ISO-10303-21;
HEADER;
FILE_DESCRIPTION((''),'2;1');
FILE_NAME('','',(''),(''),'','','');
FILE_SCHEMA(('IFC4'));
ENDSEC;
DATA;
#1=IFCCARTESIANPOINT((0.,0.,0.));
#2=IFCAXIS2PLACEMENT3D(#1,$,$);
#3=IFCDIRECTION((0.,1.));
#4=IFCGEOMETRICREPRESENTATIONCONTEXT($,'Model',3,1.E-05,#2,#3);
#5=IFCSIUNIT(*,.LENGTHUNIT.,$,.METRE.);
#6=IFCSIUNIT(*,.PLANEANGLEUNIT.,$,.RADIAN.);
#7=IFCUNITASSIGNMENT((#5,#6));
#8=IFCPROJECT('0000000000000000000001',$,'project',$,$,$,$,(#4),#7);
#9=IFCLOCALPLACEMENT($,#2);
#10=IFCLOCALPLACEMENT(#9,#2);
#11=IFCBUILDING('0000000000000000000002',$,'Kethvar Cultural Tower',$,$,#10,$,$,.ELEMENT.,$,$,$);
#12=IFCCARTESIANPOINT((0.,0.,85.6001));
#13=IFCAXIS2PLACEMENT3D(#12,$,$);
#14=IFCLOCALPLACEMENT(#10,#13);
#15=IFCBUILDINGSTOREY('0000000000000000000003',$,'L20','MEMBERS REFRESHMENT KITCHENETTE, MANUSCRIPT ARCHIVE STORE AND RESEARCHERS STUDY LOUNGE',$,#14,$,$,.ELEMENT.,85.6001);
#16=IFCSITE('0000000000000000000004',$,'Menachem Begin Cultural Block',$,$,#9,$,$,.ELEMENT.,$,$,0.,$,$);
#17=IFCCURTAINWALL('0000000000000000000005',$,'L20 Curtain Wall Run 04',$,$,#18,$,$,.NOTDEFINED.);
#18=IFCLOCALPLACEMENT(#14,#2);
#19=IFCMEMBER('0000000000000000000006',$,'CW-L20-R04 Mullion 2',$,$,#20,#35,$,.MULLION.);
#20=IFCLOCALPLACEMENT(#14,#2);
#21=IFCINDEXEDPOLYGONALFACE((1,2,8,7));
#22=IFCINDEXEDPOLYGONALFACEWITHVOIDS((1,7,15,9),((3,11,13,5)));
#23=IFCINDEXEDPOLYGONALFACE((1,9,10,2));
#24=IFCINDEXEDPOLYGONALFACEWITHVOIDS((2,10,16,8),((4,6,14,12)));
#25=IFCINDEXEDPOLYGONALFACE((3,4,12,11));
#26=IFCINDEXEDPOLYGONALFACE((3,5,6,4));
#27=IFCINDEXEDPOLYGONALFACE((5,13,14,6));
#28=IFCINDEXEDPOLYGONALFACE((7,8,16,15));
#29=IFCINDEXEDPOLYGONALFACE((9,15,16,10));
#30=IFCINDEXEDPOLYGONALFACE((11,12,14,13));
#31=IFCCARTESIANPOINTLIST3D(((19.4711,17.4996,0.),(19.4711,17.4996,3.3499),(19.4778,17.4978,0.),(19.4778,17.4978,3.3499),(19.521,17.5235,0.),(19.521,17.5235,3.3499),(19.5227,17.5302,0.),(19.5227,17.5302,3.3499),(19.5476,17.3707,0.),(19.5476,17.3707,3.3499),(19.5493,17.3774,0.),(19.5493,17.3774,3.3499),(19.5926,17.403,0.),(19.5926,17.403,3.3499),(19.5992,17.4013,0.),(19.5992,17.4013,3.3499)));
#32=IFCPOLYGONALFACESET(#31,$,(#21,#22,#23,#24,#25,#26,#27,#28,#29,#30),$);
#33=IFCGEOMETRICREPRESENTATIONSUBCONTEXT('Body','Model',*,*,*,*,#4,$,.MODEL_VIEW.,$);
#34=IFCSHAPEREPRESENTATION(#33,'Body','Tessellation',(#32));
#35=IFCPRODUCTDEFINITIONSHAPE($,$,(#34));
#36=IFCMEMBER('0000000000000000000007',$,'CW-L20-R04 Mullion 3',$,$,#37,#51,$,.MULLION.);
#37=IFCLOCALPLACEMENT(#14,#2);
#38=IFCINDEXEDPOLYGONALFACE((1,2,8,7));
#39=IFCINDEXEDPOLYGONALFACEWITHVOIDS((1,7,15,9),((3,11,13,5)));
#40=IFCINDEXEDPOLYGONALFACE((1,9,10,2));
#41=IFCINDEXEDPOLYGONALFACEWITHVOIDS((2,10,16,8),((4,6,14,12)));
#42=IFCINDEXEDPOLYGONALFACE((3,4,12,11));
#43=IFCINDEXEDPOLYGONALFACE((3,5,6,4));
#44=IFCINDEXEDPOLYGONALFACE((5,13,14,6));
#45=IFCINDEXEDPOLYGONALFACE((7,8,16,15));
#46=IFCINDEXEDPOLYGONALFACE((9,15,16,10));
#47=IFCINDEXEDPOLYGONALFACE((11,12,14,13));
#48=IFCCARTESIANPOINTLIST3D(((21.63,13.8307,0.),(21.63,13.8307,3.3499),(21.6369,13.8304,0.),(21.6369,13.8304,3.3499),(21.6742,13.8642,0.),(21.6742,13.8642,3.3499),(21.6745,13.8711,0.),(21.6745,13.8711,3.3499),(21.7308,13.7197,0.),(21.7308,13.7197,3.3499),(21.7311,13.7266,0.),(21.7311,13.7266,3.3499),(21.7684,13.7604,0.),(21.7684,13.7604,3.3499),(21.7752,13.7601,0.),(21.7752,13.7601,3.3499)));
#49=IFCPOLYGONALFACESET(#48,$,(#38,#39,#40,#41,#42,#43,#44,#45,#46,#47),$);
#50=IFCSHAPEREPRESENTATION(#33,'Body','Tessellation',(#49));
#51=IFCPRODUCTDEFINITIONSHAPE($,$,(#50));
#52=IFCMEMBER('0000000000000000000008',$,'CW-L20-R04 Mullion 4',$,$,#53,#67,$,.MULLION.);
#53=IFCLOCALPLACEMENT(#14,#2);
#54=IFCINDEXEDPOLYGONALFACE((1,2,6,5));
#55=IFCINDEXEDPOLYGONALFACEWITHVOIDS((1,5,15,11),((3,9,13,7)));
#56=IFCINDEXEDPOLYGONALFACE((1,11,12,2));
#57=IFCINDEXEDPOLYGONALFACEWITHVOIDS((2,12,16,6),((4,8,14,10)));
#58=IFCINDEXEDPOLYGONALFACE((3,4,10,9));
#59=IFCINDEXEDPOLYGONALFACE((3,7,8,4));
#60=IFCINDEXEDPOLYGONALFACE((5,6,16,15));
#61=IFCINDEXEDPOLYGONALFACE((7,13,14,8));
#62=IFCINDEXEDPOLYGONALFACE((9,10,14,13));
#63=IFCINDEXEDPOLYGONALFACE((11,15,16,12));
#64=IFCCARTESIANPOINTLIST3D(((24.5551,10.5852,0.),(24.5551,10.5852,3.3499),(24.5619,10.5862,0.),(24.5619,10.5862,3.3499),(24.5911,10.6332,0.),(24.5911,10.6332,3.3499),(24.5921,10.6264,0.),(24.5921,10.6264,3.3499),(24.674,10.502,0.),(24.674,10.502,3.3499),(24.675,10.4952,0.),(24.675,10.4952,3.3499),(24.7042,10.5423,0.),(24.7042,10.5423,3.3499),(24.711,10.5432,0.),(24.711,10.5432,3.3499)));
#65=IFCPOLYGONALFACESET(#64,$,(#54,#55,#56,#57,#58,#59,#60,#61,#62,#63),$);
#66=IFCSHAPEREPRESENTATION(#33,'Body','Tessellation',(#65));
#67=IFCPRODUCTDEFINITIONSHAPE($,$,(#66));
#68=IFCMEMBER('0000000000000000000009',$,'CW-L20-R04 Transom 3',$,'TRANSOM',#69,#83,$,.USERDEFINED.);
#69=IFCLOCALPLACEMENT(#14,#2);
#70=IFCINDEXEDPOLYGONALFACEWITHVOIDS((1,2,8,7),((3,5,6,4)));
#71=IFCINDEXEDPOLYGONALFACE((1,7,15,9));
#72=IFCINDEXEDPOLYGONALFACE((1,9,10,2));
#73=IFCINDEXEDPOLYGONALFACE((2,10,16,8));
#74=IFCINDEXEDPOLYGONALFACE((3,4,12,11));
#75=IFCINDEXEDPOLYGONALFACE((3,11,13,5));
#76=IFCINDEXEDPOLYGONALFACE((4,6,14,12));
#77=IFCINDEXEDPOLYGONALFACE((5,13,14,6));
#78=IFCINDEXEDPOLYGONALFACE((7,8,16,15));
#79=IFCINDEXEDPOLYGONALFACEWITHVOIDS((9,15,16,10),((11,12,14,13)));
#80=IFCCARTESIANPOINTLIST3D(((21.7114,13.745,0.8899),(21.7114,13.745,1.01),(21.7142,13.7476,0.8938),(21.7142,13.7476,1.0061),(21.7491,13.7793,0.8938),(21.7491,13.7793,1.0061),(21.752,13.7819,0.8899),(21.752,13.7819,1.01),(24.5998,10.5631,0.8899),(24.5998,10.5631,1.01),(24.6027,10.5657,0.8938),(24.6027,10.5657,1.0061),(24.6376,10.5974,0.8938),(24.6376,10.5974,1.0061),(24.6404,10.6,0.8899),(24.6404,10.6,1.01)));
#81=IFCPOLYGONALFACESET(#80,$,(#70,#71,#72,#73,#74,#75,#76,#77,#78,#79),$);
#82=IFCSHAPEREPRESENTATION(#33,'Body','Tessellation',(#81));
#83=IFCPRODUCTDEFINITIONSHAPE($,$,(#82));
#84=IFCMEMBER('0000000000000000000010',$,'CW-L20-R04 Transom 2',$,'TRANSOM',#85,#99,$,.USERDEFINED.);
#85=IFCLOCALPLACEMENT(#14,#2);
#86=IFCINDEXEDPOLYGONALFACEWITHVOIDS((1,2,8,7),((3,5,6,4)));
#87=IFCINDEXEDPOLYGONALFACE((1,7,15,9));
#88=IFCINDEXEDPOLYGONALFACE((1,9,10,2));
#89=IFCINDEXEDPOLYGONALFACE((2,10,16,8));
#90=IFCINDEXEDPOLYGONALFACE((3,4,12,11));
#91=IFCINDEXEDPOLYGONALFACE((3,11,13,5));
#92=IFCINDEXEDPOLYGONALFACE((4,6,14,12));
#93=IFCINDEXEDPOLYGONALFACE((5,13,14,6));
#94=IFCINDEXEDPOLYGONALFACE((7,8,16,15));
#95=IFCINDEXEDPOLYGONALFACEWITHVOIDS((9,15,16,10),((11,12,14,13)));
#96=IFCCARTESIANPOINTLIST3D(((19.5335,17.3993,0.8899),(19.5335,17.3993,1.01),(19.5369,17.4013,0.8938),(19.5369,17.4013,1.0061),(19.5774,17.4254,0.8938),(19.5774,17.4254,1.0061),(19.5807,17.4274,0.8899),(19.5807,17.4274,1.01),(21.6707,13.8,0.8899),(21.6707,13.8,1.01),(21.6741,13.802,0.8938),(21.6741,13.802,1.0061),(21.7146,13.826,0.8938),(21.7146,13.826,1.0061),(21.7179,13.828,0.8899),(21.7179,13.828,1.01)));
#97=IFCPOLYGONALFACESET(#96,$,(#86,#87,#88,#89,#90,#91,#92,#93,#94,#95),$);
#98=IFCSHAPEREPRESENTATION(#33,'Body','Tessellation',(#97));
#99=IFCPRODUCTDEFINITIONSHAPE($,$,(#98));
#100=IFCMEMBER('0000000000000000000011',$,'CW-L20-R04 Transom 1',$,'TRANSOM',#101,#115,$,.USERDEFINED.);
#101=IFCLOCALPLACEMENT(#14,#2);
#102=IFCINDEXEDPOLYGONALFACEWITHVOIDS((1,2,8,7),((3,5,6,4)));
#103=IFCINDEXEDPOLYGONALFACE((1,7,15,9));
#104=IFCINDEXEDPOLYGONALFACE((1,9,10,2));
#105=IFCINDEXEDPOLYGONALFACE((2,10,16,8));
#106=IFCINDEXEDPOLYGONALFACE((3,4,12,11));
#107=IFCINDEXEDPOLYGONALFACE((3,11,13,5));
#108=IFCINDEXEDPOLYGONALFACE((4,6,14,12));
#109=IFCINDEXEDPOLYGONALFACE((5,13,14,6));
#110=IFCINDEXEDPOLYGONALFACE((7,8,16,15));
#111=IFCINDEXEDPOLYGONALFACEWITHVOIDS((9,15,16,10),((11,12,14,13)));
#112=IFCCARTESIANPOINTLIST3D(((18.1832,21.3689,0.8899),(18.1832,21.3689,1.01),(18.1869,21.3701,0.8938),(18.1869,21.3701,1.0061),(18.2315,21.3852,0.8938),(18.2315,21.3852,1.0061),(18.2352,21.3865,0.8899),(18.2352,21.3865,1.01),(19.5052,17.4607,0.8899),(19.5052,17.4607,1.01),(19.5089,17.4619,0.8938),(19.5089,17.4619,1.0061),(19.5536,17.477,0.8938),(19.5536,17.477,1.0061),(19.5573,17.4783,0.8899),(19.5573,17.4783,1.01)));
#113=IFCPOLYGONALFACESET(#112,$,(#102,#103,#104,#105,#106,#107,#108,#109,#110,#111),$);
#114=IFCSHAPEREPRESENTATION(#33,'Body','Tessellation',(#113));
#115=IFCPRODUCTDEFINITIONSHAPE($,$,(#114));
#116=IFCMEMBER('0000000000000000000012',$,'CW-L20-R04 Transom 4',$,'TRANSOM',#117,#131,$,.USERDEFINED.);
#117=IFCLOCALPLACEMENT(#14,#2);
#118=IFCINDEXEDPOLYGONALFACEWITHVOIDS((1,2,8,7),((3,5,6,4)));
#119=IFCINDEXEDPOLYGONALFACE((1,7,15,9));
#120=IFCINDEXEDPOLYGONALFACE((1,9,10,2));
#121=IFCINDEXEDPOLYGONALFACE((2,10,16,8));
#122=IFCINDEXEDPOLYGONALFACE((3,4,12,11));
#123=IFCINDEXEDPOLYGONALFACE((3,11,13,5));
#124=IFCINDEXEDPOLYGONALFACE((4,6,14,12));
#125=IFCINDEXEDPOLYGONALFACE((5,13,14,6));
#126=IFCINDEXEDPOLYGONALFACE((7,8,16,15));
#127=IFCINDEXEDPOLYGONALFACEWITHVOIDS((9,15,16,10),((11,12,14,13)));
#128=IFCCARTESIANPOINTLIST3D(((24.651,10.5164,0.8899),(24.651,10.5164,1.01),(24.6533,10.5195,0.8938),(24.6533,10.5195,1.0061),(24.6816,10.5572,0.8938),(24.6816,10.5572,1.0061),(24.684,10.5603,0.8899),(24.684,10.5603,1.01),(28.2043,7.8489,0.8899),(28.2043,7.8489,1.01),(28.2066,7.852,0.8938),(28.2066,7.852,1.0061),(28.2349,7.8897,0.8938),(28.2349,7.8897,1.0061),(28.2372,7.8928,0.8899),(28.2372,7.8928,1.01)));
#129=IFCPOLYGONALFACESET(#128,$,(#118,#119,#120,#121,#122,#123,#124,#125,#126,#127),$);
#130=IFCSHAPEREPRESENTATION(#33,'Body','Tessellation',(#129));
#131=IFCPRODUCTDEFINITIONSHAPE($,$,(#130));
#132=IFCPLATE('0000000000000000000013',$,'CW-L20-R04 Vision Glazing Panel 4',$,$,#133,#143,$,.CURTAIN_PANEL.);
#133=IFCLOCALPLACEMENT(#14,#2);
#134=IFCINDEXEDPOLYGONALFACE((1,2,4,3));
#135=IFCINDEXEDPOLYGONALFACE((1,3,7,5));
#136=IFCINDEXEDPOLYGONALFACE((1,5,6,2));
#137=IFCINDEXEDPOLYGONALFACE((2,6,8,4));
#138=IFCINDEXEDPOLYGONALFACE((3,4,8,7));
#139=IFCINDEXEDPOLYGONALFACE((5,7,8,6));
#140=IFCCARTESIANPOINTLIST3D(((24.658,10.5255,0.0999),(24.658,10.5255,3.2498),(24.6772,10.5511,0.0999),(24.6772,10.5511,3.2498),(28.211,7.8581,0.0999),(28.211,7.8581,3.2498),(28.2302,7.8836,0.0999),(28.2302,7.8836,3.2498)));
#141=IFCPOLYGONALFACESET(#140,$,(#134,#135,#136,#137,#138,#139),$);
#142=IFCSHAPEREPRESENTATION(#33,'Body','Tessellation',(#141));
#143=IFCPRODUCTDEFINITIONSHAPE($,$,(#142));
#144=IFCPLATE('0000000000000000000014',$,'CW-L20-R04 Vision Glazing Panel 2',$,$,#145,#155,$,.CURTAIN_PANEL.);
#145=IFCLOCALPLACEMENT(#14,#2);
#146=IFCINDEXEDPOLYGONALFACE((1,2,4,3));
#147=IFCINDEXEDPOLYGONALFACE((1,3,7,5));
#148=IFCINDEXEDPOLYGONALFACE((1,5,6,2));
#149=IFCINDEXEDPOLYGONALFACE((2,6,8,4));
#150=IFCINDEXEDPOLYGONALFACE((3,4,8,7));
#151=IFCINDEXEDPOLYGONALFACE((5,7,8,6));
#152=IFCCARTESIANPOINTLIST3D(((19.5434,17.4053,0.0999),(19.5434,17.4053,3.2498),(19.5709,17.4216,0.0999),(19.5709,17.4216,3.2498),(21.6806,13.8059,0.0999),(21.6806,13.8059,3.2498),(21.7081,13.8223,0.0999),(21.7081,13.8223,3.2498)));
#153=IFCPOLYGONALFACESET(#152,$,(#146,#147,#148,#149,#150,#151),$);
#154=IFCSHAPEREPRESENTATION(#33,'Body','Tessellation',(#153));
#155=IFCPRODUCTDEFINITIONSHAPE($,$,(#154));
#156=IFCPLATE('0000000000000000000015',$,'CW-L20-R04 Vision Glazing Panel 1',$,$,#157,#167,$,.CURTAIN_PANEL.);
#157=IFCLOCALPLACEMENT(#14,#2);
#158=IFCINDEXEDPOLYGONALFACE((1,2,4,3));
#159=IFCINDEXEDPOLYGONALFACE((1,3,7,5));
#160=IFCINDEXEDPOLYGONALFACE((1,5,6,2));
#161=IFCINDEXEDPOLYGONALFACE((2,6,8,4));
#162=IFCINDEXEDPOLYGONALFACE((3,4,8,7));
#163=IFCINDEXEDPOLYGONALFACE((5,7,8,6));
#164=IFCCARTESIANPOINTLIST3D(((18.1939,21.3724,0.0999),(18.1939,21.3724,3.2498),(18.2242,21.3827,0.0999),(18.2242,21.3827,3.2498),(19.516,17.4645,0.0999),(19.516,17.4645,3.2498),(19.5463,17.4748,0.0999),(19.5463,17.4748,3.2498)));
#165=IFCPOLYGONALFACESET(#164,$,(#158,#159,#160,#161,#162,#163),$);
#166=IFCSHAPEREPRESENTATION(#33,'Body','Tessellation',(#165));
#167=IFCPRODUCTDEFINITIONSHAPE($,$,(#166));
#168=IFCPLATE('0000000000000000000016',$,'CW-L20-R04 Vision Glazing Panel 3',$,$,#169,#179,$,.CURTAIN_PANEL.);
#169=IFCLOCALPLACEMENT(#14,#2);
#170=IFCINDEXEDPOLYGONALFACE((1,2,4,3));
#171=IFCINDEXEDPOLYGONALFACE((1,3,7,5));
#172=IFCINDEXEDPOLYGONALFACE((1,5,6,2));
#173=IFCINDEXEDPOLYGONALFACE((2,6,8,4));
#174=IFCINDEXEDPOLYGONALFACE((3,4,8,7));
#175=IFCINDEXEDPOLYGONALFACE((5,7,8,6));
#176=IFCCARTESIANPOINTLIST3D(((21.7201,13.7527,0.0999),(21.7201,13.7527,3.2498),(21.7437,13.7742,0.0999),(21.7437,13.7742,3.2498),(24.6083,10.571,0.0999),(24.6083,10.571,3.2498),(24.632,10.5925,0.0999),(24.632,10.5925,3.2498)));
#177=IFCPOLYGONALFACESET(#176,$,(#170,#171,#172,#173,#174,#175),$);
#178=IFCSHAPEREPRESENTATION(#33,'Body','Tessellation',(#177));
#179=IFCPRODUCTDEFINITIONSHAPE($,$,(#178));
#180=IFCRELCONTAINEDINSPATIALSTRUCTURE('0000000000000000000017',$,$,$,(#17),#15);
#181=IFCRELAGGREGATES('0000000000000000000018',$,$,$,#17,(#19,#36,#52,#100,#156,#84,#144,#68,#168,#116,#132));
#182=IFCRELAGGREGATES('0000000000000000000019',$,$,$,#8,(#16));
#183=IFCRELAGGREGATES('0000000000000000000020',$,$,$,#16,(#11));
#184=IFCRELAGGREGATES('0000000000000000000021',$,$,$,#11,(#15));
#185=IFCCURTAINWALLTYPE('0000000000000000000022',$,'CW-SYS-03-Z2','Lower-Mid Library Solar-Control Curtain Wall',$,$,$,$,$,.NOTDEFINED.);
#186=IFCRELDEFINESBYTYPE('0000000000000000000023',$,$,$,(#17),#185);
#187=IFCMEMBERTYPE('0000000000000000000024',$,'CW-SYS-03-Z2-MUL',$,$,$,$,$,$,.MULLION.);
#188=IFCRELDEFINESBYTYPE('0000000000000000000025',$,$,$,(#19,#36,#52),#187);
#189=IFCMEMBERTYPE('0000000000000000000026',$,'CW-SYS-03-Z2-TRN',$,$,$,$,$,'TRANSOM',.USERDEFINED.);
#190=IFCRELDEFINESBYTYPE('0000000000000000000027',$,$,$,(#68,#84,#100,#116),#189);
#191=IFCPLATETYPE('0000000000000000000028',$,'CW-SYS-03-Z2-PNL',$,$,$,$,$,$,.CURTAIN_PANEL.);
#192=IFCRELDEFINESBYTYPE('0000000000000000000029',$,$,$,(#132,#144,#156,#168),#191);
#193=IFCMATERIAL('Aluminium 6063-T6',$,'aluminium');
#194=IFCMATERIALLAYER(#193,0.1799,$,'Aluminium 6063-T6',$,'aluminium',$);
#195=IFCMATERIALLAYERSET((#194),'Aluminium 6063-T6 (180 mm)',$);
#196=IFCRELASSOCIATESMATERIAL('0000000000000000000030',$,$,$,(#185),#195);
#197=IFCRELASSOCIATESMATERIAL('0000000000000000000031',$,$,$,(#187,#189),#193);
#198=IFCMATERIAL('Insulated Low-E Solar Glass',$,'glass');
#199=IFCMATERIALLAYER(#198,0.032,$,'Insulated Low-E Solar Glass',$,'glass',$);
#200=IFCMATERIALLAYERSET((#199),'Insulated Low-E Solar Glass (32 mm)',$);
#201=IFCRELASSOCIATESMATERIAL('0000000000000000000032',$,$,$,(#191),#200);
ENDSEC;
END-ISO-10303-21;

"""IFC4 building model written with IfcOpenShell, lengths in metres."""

from ifc_helpers import new_model, si_unit, direction, frame, origin, origin_2d, place, context, subcontext, project, spatial, rectangle, hollow_rectangle, extrude, source, transform, mapped, material, layer, layer_set, material_profile, profile_set, type_object, element, aggregate, save


model = new_model("IFC4")

# Units and contexts
model_context = context("Model", 3, precision=1e-05, world=origin(), true_north=direction((0.0, 1.0)))
body_context = subcontext(model_context, "Body", "Model", "MODEL_VIEW")
ifc_project = project(units=[si_unit("LENGTHUNIT", "METRE"), si_unit("PLANEANGLEUNIT", "RADIAN")], contexts=[model_context])

# Site, building, storey
site_placement = place(None, origin())
site = spatial("IfcSite", under=ifc_project, at=site_placement, Name="Menachem Begin Cultural Block", CompositionType="ELEMENT", RefElevation=0.0)
building_placement = place(site_placement, origin())
building = spatial("IfcBuilding", under=site, at=building_placement, Name="Kethvar Cultural Tower", CompositionType="ELEMENT")
storey_placement = place(building_placement, frame((0.0, 0.0, 85.6001)))
storey = spatial("IfcBuildingStorey", under=building, at=storey_placement, Name="L20", Description="MEMBERS REFRESHMENT KITCHENETTE, MANUSCRIPT ARCHIVE STORE AND RESEARCHERS STUDY LOUNGE", CompositionType="ELEMENT", Elevation=85.6001)

# Shared definitions
ifc_material_1 = material(Name="Aluminium 6063-T6", Category="aluminium")
ifc_layer_1 = layer(ifc_material_1, 0.1799, Name="Aluminium 6063-T6", Category="aluminium")
ifc_layer_set_1 = layer_set([ifc_layer_1], Name="Aluminium 6063-T6 (180 mm)")
curtain_wall_type = type_object("IfcCurtainWallType", Name="CW-SYS-03-Z2", Description="Lower-Mid Library Solar-Control Curtain Wall", PredefinedType="NOTDEFINED", material=ifc_layer_set_1)
ifc_material_profile_1 = material_profile(ifc_material_1, hollow_rectangle(XDim=0.0601, YDim=0.1499, WallThickness=0.0049, at=origin_2d()), Name="Aluminium 6063-T6 — RHS150x60x5")
ifc_profile_set_1 = profile_set([ifc_material_profile_1], Name="Aluminium 6063-T6 — RHS150x60x5")
member_type_1 = type_object("IfcMemberType", Name="CW-SYS-03-Z2-MUL", PredefinedType="MULLION", material=ifc_profile_set_1)
shared_shape_1 = source(origin(), body_context, "Body", "SweptSolid", [
    extrude(hollow_rectangle(XDim=0.0601, YDim=0.1499, WallThickness=0.0049, at=origin_2d()), origin(), (0.0, 0.0, 1.0), 3.3499),
])

# Curtain wall, members, plates
curtain_wall_1_placement = place(storey_placement, origin())
curtain_wall_1 = element("IfcCurtainWall", 1, at=curtain_wall_1_placement, inside=storey, type_object=curtain_wall_type, Name="L20 Curtain Wall Run 04", PredefinedType="NOTDEFINED")
member_1_placement = place(storey_placement, frame((19.5352, 17.4504, 0.0), z_axis=(0.0, 0.0, 1.0), x_axis=(0.859843, 0.510558, 0.0)))
member_1 = element("IfcMember", 2, at=member_1_placement, type_object=member_type_1, Name="CW-L20-R04 Mullion 2", PredefinedType="MULLION", context=body_context, shape_type="MappedRepresentation", body=[
    mapped(shared_shape_1, transform((0.0, 0.0, 0.0), scale=1.0)),
])
member_2_placement = place(storey_placement, frame((21.7026, 13.7954, 0.0), z_axis=(0.0, 0.0, 1.0), x_axis=(0.740429, 0.672134, 0.0)))
member_2 = element("IfcMember", 3, at=member_2_placement, type_object=member_type_1, Name="CW-L20-R04 Mullion 3", PredefinedType="MULLION", context=body_context, shape_type="MappedRepresentation", body=[
    mapped(shared_shape_1, transform((0.0, 0.0, 0.0), scale=1.0)),
])
member_3_placement = place(storey_placement, frame((24.6331, 10.5642, 0.0), z_axis=(0.0, 0.0, 1.0), x_axis=(0.600392, 0.799706, 0.0)))
member_3 = element("IfcMember", 4, at=member_3_placement, type_object=member_type_1, Name="CW-L20-R04 Mullion 4", PredefinedType="MULLION", context=body_context, shape_type="MappedRepresentation", body=[
    mapped(shared_shape_1, transform((0.0, 0.0, 0.0), scale=1.0)),
])
ifc_material_profile_2 = material_profile(ifc_material_1, hollow_rectangle(XDim=0.0549, YDim=0.1201, WallThickness=0.0039, at=origin_2d()), Name="Aluminium 6063-T6 — RHS120x55x4")
ifc_profile_set_2 = profile_set([ifc_material_profile_2], Name="Aluminium 6063-T6 — RHS120x55x4")
member_type_2 = type_object("IfcMemberType", Name="CW-SYS-03-Z2-TRN", ElementType="TRANSOM", PredefinedType="USERDEFINED", material=ifc_profile_set_2)
shared_shape_2 = source(origin(), body_context, "Body", "SweptSolid", [
    extrude(hollow_rectangle(XDim=0.0549, YDim=0.1201, WallThickness=0.0039, at=origin_2d()), origin(), (0.0, 0.0, 1.0), 4.2974),
])
member_4_placement = place(storey_placement, frame((21.7317, 13.7634, 0.95), z_axis=(0.672138, -0.740426, 0.0), x_axis=(0.740426, 0.672138, 0.0)))
member_4 = element("IfcMember", 5, at=member_4_placement, type_object=member_type_2, Name="CW-L20-R04 Transom 3", ObjectType="TRANSOM", PredefinedType="USERDEFINED", context=body_context, shape_type="MappedRepresentation", body=[
    mapped(shared_shape_2, transform((0.0, 0.0, 0.0), scale=1.0)),
])
shared_shape_3 = source(origin(), body_context, "Body", "SweptSolid", [
    extrude(hollow_rectangle(XDim=0.0549, YDim=0.1201, WallThickness=0.0039, at=origin_2d()), origin(), (0.0, 0.0, 1.0), 4.186),
])
member_5_placement = place(storey_placement, frame((19.5571, 17.4133, 0.95), z_axis=(0.510554, -0.859846, 0.0), x_axis=(0.859846, 0.510554, 0.0)))
member_5 = element("IfcMember", 6, at=member_5_placement, type_object=member_type_2, Name="CW-L20-R04 Transom 2", ObjectType="TRANSOM", PredefinedType="USERDEFINED", context=body_context, shape_type="MappedRepresentation", body=[
    mapped(shared_shape_3, transform((0.0, 0.0, 0.0), scale=1.0)),
])
shared_shape_4 = source(origin(), body_context, "Body", "SweptSolid", [
    extrude(hollow_rectangle(XDim=0.0549, YDim=0.1201, WallThickness=0.0039, at=origin_2d()), origin(), (0.0, 0.0, 1.0), 4.1257),
])
member_6_placement = place(storey_placement, frame((18.2092, 21.3777, 0.95), z_axis=(0.320432, -0.947272, 0.0), x_axis=(0.947272, 0.320432, 0.0)))
member_6 = element("IfcMember", 7, at=member_6_placement, type_object=member_type_2, Name="CW-L20-R04 Transom 1", ObjectType="TRANSOM", PredefinedType="USERDEFINED", context=body_context, shape_type="MappedRepresentation", body=[
    mapped(shared_shape_4, transform((0.0, 0.0, 0.0), scale=1.0)),
])
shared_shape_5 = source(origin(), body_context, "Body", "SweptSolid", [
    extrude(hollow_rectangle(XDim=0.0549, YDim=0.1201, WallThickness=0.0039, at=origin_2d()), origin(), (0.0, 0.0, 1.0), 4.4431),
])
member_7_placement = place(storey_placement, frame((24.6675, 10.5383, 0.95), z_axis=(0.799723, -0.600369, 0.0), x_axis=(0.600369, 0.799723, 0.0)))
member_7 = element("IfcMember", 8, at=member_7_placement, type_object=member_type_2, Name="CW-L20-R04 Transom 4", ObjectType="TRANSOM", PredefinedType="USERDEFINED", context=body_context, shape_type="MappedRepresentation", body=[
    mapped(shared_shape_5, transform((0.0, 0.0, 0.0), scale=1.0)),
])
ifc_material_2 = material(Name="Insulated Low-E Solar Glass", Category="glass")
ifc_layer_2 = layer(ifc_material_2, 0.032, Name="Insulated Low-E Solar Glass", Category="glass")
ifc_layer_set_2 = layer_set([ifc_layer_2], Name="Insulated Low-E Solar Glass (32 mm)")
plate_type = type_object("IfcPlateType", Name="CW-SYS-03-Z2-PNL", PredefinedType="CURTAIN_PANEL", material=ifc_layer_set_2)
shared_shape_6 = source(origin(), body_context, "Body", "SweptSolid", [
    extrude(rectangle(XDim=4.4429, YDim=0.032, at=origin_2d()), origin(), (0.0, 0.0, 1.0), 3.1499),
])
plate_1_placement = place(storey_placement, frame((26.4441, 9.2046, 0.0999), z_axis=(0.0, 0.0, 1.0), x_axis=(0.799706, -0.600392, 0.0)))
plate_1 = element("IfcPlate", 9, at=plate_1_placement, type_object=plate_type, Name="CW-L20-R04 Vision Glazing Panel 4", PredefinedType="CURTAIN_PANEL", context=body_context, shape_type="MappedRepresentation", body=[
    mapped(shared_shape_6, transform((0.0, 0.0, 0.0), scale=1.0)),
])
shared_shape_7 = source(origin(), body_context, "Body", "SweptSolid", [
    extrude(rectangle(XDim=4.186, YDim=0.032, at=origin_2d()), origin(), (0.0, 0.0, 1.0), 3.1499),
])
plate_2_placement = place(storey_placement, frame((20.6257, 15.6138, 0.0999), z_axis=(0.0, 0.0, 1.0), x_axis=(0.510558, -0.859843, 0.0)))
plate_2 = element("IfcPlate", 10, at=plate_2_placement, type_object=plate_type, Name="CW-L20-R04 Vision Glazing Panel 2", PredefinedType="CURTAIN_PANEL", context=body_context, shape_type="MappedRepresentation", body=[
    mapped(shared_shape_7, transform((0.0, 0.0, 0.0), scale=1.0)),
])
shared_shape_8 = source(origin(), body_context, "Body", "SweptSolid", [
    extrude(rectangle(XDim=4.1255, YDim=0.032, at=origin_2d()), origin(), (0.0, 0.0, 1.0), 3.1499),
])
plate_3_placement = place(storey_placement, frame((18.8701, 19.4236, 0.0999), z_axis=(0.0, 0.0, 1.0), x_axis=(0.320464, -0.947261, 0.0)))
plate_3 = element("IfcPlate", 11, at=plate_3_placement, type_object=plate_type, Name="CW-L20-R04 Vision Glazing Panel 1", PredefinedType="CURTAIN_PANEL", context=body_context, shape_type="MappedRepresentation", body=[
    mapped(shared_shape_8, transform((0.0, 0.0, 0.0), scale=1.0)),
])
shared_shape_9 = source(origin(), body_context, "Body", "SweptSolid", [
    extrude(rectangle(XDim=4.2971, YDim=0.032, at=origin_2d()), origin(), (0.0, 0.0, 1.0), 3.1499),
])
plate_4_placement = place(storey_placement, frame((23.176, 12.1726, 0.0999), z_axis=(0.0, 0.0, 1.0), x_axis=(0.672134, -0.740429, 0.0)))
plate_4 = element("IfcPlate", 12, at=plate_4_placement, type_object=plate_type, Name="CW-L20-R04 Vision Glazing Panel 3", PredefinedType="CURTAIN_PANEL", context=body_context, shape_type="MappedRepresentation", body=[
    mapped(shared_shape_9, transform((0.0, 0.0, 0.0), scale=1.0)),
])
aggregate(curtain_wall_1, [member_1, member_2, member_3, member_6, plate_3, member_5, plate_2, member_4, plate_4, member_7, plate_1])

save(model, "model.ifc")
